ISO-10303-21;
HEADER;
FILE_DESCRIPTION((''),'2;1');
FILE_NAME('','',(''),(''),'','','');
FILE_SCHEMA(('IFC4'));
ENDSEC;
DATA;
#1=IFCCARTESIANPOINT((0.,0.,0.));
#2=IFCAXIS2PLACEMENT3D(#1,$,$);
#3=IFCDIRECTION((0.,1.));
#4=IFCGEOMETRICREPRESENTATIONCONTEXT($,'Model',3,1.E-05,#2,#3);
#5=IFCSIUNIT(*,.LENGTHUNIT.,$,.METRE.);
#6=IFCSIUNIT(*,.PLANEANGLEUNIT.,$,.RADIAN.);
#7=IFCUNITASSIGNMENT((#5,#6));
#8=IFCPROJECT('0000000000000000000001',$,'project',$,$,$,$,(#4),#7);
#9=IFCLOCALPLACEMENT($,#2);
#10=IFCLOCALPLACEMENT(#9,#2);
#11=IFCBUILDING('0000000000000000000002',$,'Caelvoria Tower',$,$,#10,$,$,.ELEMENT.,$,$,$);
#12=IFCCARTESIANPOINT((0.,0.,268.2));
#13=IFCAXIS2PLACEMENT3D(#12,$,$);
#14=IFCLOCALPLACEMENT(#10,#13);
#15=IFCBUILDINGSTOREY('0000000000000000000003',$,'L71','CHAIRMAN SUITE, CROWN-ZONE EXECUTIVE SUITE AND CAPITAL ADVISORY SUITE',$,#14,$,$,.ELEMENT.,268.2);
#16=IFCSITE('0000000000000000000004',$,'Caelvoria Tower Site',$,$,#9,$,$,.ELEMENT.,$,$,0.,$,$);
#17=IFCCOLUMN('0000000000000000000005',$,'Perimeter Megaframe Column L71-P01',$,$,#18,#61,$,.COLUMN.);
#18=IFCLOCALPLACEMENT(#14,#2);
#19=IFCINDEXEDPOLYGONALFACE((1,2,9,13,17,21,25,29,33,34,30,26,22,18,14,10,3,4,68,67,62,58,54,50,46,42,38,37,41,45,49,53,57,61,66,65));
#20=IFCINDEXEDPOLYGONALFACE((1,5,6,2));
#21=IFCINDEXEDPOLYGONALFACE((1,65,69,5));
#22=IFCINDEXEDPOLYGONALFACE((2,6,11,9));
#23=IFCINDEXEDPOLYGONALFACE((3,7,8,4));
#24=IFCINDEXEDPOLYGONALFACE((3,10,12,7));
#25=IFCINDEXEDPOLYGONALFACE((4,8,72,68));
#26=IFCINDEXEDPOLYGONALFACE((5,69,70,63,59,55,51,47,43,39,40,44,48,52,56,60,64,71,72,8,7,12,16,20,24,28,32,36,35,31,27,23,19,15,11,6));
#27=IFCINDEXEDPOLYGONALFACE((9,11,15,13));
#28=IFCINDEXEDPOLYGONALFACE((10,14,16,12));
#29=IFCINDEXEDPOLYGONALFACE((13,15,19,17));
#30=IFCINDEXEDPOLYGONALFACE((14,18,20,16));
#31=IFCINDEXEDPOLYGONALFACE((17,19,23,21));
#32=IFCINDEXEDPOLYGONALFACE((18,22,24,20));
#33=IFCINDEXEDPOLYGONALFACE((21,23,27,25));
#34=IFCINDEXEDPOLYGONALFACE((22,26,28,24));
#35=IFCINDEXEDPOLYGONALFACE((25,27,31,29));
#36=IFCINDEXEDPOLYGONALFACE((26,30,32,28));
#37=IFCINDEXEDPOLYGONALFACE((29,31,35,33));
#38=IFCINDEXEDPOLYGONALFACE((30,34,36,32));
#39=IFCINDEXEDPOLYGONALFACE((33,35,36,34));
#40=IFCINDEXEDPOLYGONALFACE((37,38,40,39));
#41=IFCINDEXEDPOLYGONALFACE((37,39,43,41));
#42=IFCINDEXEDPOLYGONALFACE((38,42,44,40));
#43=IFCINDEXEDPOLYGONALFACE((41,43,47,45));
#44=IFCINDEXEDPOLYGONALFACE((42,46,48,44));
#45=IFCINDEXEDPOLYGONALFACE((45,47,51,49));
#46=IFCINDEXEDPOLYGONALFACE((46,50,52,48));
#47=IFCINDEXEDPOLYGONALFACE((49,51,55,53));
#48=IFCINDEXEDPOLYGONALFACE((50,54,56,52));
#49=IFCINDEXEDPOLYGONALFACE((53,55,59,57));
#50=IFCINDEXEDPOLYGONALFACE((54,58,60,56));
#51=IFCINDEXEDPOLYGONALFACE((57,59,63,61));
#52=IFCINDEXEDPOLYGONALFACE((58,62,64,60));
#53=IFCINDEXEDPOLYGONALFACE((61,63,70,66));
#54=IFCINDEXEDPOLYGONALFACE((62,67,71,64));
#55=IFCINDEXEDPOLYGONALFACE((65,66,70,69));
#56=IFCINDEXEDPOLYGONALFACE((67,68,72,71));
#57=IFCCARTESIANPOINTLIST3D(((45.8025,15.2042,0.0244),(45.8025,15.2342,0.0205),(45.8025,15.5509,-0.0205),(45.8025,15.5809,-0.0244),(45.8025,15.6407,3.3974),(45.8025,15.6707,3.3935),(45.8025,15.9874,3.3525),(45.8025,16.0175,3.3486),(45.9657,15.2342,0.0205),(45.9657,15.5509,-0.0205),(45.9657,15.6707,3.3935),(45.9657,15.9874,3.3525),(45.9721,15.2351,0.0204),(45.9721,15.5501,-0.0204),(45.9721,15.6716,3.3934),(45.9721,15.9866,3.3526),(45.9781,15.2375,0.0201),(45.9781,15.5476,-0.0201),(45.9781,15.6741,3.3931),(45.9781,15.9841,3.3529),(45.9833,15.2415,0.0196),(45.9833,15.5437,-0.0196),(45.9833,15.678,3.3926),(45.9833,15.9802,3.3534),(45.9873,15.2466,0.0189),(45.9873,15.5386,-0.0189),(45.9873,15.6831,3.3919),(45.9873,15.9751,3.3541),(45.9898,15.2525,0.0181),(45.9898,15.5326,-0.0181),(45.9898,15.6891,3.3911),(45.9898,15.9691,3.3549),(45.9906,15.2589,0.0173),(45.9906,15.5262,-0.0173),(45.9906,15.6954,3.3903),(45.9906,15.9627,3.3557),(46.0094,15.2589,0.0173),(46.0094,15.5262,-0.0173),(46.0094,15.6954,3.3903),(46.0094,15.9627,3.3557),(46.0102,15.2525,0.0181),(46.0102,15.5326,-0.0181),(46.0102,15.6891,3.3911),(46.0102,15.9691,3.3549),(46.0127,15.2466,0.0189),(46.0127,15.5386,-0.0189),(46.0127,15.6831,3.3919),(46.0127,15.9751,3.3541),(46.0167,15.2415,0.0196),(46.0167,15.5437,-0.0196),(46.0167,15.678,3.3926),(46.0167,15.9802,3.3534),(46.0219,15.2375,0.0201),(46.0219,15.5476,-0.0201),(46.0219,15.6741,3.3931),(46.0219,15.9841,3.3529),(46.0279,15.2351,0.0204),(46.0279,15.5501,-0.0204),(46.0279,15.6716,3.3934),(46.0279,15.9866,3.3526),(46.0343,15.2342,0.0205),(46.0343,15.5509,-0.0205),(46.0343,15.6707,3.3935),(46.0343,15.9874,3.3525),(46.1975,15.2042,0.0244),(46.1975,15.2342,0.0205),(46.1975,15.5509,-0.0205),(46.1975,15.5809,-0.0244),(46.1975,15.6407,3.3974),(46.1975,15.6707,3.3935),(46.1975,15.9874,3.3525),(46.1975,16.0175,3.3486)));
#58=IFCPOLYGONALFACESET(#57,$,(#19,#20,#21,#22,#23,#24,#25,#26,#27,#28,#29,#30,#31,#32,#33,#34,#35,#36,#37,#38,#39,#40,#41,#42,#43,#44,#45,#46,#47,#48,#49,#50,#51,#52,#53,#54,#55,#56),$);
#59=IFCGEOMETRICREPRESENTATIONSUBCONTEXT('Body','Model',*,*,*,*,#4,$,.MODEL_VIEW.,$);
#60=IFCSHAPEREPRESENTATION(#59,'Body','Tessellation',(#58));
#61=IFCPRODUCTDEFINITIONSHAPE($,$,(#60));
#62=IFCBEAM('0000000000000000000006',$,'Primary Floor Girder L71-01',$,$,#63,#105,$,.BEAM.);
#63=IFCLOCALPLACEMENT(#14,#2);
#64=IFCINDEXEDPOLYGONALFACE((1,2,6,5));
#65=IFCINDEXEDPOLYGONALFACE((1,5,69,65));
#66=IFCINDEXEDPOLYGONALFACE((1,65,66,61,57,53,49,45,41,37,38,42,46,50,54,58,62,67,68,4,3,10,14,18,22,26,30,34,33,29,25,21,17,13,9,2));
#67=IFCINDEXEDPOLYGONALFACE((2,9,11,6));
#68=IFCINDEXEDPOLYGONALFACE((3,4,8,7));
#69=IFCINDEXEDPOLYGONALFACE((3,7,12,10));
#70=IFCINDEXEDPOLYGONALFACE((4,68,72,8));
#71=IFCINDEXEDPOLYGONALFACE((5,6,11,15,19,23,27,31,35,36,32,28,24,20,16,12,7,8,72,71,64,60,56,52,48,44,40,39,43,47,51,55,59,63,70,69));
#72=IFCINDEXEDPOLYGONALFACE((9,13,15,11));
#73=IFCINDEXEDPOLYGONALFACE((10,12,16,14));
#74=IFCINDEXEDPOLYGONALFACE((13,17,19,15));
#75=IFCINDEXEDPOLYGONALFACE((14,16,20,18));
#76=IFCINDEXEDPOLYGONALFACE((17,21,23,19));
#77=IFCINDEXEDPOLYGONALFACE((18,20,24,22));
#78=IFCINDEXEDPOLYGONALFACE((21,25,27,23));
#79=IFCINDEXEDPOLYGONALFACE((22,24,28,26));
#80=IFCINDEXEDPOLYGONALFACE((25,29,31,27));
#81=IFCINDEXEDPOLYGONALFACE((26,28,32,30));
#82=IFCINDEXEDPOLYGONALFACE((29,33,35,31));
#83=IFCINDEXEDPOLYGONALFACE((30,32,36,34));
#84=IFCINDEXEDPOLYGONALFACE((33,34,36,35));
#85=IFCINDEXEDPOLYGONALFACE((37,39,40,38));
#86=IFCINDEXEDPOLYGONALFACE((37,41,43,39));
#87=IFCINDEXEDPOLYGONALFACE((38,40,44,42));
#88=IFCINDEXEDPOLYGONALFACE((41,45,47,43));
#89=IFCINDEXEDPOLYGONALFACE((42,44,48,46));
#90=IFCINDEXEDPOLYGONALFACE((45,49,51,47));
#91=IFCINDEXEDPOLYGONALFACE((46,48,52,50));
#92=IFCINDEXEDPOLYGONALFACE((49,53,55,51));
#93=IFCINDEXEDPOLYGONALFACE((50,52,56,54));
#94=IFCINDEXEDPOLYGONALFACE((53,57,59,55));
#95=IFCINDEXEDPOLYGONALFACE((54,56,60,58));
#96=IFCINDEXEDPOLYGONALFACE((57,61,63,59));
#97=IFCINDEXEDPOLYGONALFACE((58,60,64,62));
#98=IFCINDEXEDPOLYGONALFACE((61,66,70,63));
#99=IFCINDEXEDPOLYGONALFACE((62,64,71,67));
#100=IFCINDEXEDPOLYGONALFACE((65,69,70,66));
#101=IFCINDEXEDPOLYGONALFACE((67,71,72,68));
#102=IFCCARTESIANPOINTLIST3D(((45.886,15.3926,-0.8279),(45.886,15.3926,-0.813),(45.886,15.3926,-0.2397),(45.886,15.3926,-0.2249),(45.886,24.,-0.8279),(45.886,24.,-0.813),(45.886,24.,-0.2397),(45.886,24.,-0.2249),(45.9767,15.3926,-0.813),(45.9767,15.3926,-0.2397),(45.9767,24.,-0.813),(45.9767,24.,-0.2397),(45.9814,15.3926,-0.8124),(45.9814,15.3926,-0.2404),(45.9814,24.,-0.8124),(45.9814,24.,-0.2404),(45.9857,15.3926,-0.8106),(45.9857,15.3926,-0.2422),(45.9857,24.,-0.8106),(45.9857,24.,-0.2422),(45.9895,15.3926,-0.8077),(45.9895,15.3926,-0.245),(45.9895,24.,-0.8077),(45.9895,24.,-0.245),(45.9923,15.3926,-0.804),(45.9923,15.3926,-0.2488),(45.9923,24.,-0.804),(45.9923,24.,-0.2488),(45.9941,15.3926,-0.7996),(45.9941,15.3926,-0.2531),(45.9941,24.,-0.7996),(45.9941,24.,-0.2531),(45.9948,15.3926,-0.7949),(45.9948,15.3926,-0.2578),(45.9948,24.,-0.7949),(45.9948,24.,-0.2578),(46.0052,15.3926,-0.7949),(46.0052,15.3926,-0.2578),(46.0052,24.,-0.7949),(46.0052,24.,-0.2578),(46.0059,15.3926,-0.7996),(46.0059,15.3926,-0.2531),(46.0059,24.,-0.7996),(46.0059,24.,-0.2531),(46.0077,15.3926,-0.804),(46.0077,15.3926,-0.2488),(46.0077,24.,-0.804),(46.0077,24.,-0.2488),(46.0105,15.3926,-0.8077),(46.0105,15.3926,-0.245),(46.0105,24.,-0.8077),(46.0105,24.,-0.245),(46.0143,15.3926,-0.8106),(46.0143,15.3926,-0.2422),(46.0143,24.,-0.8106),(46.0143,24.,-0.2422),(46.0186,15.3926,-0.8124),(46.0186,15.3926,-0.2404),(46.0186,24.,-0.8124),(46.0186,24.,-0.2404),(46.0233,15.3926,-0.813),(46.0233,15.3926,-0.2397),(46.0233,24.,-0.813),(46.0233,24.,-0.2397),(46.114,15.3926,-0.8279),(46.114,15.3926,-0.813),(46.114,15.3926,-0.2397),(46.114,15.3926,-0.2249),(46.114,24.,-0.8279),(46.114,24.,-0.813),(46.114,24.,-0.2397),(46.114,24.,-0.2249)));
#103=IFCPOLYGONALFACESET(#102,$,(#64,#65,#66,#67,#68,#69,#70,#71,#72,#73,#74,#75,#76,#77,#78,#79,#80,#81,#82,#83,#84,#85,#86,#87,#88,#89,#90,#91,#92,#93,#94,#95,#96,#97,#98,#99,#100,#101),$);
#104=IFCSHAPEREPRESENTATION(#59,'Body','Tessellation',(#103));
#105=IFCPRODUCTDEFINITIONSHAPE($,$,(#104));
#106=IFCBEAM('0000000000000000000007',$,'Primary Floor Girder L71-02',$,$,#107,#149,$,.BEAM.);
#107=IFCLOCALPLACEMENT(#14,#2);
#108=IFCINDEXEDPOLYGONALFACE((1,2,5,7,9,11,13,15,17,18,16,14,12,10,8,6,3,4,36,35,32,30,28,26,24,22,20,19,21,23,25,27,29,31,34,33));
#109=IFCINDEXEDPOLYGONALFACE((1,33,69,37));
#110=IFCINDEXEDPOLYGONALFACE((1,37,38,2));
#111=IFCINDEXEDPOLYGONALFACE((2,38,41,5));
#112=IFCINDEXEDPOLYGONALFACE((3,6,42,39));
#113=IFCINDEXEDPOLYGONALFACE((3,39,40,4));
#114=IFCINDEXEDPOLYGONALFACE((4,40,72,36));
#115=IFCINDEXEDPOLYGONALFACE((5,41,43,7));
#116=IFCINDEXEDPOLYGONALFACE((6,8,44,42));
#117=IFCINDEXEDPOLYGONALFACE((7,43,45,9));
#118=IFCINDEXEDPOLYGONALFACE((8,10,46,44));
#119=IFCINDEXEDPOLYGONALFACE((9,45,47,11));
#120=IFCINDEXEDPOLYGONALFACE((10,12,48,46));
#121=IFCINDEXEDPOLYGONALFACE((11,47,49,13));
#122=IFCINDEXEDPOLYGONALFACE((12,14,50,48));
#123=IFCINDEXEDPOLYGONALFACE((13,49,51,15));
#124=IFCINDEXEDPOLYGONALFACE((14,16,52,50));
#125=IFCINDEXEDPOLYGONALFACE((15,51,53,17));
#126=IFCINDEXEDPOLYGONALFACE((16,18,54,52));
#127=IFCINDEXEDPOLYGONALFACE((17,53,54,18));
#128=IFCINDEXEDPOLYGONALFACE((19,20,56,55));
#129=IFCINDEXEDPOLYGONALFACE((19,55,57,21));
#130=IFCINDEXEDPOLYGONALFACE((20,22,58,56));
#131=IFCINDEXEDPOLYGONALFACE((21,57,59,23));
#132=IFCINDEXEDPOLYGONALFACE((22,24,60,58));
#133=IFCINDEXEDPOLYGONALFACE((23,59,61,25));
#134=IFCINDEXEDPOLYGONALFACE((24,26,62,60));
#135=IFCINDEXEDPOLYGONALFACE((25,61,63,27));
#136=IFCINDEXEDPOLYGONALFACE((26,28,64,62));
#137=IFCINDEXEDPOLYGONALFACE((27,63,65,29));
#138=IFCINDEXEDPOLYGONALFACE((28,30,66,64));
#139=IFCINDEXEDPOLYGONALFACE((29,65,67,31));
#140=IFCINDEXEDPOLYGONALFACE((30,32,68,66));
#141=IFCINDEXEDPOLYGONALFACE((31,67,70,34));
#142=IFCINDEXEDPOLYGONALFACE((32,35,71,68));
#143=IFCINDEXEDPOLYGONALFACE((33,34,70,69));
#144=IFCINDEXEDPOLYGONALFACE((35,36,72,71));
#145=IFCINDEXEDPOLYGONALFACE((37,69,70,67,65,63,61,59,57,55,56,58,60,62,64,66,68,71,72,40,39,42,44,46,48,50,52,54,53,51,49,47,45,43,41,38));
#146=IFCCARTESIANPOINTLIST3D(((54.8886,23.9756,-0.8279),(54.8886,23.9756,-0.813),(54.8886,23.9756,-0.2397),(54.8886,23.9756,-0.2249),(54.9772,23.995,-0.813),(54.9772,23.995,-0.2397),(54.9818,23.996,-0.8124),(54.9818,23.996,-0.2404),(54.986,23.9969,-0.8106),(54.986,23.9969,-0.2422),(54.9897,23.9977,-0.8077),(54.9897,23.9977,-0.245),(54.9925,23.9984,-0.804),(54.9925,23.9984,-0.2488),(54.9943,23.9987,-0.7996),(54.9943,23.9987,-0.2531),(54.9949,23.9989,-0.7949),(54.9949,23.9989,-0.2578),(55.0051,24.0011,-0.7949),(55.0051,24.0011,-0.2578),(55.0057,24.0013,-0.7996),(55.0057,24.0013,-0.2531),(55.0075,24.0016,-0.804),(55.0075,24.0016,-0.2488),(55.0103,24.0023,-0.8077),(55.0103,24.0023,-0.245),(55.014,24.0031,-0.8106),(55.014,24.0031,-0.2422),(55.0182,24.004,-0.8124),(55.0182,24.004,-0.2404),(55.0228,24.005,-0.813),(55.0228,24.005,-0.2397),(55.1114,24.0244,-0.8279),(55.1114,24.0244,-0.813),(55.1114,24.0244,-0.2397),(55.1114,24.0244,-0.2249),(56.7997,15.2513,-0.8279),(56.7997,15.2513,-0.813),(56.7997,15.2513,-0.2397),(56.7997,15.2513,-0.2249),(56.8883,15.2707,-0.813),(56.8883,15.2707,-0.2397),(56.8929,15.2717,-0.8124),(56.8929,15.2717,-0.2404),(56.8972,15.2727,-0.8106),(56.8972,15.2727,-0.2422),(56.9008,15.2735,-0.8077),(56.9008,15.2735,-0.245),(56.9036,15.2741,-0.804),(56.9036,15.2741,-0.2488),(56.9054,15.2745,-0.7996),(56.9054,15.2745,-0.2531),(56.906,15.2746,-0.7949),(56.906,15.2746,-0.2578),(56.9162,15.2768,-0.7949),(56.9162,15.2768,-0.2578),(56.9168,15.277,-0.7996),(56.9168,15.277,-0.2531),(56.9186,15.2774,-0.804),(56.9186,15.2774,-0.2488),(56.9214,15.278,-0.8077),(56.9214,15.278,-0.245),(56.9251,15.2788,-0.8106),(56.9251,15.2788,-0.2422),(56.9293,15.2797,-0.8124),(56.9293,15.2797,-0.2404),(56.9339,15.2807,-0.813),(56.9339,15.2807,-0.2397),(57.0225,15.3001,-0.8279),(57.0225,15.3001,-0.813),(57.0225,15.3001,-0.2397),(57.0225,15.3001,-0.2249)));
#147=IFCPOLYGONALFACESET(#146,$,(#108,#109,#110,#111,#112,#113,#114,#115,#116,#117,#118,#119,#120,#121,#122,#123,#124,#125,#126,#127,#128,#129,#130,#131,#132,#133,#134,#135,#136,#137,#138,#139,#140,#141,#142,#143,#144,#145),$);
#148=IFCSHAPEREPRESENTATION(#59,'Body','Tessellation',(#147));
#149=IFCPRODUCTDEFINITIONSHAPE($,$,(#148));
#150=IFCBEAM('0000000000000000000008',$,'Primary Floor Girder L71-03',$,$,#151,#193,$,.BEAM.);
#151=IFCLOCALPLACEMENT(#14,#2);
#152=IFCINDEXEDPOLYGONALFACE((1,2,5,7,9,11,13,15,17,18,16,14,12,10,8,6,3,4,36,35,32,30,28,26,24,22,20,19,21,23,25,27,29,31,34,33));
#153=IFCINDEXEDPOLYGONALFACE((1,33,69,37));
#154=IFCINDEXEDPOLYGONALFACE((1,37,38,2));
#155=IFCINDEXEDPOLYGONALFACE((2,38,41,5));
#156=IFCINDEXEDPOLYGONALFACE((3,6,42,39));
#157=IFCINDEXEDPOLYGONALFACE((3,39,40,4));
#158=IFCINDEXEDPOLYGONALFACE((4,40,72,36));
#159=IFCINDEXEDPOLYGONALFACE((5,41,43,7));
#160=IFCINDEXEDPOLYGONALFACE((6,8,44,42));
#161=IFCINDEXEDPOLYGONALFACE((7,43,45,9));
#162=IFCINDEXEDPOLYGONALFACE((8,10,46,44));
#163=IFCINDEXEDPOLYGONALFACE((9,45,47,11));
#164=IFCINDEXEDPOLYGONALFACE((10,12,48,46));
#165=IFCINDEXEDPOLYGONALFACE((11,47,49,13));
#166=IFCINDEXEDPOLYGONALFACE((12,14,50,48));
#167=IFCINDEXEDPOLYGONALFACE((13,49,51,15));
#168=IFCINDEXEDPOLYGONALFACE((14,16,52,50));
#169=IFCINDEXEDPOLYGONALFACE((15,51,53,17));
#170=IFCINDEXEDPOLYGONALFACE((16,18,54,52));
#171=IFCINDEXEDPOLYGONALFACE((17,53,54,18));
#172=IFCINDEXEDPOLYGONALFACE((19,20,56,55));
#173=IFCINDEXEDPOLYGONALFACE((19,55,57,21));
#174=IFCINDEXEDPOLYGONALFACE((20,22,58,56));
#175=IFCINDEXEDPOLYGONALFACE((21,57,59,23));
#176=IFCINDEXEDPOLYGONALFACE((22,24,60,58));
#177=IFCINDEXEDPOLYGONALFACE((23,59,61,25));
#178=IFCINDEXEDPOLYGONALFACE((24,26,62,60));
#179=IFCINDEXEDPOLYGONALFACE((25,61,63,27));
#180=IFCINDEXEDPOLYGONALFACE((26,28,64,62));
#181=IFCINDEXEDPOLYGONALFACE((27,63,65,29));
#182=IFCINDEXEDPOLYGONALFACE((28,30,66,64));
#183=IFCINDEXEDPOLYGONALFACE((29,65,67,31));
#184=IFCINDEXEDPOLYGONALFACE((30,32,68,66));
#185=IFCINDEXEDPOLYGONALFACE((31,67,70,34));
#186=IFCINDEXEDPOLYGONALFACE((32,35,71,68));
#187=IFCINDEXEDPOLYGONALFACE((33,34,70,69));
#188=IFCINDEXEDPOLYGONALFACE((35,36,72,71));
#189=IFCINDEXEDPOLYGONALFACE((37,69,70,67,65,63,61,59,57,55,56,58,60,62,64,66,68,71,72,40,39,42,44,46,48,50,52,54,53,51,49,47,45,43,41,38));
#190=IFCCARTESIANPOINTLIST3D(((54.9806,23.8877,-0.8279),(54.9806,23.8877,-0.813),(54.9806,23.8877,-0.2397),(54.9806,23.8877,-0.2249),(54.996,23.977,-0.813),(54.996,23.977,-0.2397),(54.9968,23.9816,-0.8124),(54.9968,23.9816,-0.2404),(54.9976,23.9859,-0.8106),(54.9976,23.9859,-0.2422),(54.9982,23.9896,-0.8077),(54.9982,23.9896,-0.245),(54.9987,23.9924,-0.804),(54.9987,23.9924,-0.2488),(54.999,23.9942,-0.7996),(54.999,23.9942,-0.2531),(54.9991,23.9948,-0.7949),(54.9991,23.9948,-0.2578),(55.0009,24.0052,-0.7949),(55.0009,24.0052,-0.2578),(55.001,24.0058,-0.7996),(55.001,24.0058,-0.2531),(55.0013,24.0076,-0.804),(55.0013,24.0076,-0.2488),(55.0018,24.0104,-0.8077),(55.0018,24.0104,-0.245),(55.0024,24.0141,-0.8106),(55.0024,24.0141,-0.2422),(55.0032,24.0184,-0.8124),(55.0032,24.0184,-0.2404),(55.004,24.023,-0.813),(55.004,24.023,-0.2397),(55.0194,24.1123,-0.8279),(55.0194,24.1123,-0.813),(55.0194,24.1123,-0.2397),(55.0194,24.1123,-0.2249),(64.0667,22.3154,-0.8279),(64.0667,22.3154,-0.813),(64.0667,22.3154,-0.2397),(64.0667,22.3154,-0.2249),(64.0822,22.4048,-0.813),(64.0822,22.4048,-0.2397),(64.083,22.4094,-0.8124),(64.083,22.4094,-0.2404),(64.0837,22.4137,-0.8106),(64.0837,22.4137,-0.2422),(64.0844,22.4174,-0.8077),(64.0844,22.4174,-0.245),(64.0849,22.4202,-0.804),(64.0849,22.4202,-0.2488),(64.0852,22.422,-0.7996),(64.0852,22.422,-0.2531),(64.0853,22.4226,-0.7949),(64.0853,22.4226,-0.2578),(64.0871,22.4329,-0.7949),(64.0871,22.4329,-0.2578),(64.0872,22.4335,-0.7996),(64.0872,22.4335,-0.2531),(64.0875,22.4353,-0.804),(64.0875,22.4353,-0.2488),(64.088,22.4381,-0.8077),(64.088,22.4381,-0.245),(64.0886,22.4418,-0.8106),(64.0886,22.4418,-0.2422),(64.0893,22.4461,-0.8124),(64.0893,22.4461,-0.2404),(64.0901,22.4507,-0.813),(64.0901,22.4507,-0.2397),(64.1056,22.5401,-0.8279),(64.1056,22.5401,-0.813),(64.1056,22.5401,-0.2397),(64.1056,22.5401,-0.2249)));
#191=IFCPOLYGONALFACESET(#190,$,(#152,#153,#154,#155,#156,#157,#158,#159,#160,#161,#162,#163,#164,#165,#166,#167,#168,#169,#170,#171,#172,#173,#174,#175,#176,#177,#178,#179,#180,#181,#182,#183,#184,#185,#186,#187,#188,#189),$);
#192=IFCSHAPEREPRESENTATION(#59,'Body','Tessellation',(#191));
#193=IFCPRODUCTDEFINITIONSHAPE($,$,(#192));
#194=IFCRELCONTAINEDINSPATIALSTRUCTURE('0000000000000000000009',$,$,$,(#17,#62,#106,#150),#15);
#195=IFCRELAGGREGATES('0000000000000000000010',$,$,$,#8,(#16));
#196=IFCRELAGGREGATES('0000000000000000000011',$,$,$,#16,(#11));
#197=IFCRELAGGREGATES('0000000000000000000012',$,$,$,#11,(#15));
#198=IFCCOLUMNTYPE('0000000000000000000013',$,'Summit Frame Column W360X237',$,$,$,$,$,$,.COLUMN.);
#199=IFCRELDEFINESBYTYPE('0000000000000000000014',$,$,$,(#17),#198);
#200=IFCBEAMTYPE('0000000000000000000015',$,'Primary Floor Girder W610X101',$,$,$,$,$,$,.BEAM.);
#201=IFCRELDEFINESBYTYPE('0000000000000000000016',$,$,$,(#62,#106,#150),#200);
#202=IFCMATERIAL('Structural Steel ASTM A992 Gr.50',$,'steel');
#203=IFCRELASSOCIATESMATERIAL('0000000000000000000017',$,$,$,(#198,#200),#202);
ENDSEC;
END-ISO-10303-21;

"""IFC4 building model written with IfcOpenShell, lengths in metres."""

from ifc_helpers import new_model, si_unit, direction, frame, origin, origin_2d, place, context, subcontext, project, spatial, i_section, extrude, material, material_profile, profile_set, type_object, element, save


model = new_model("IFC4")

# Units and contexts
model_context = context("Model", 3, precision=1e-05, world=origin(), true_north=direction((0.0, 1.0)))
body_context = subcontext(model_context, "Body", "Model", "MODEL_VIEW")
ifc_project = project(units=[si_unit("LENGTHUNIT", "METRE"), si_unit("PLANEANGLEUNIT", "RADIAN")], contexts=[model_context])

# Site, building, storey
site_placement = place(None, origin())
site = spatial("IfcSite", under=ifc_project, at=site_placement, Name="Caelvoria Tower Site", CompositionType="ELEMENT", RefElevation=0.0)
building_placement = place(site_placement, origin())
building = spatial("IfcBuilding", under=site, at=building_placement, Name="Caelvoria Tower", CompositionType="ELEMENT")
storey_placement = place(building_placement, frame((0.0, 0.0, 268.2)))
storey = spatial("IfcBuildingStorey", under=building, at=storey_placement, Name="L71", Description="CHAIRMAN SUITE, CROWN-ZONE EXECUTIVE SUITE AND CAPITAL ADVISORY SUITE", CompositionType="ELEMENT", Elevation=268.2)

# Column
ifc_material_1 = material(Name="Structural Steel ASTM A992 Gr.50", Category="steel")
ifc_material_profile_1 = material_profile(ifc_material_1, i_section(OverallWidth=0.395, OverallDepth=0.3799, WebThickness=0.0188, FlangeThickness=0.0303, FilletRadius=0.0249, at=origin_2d()), Name="Structural Steel ASTM A992 Gr.50")
ifc_profile_set_1 = profile_set([ifc_material_profile_1], Name="W360X237 - Structural Steel ASTM A992 Gr.50")
column_type = type_object("IfcColumnType", Name="Summit Frame Column W360X237", PredefinedType="COLUMN", material=ifc_profile_set_1)
column_placement = place(storey_placement, frame((46.0, 15.3926, 0.0), z_axis=(0.0, 0.128345, 0.99173), x_axis=(-1.0, 0.0, 0.0)))
element("IfcColumn", 1, at=column_placement, inside=storey, type_object=column_type, Name="Perimeter Megaframe Column L71-P01", PredefinedType="COLUMN", context=body_context, shape_type="SweptSolid", body=[
    extrude(i_section(OverallWidth=0.395, OverallDepth=0.3799, WebThickness=0.0188, FlangeThickness=0.0303, FilletRadius=0.0249, at=origin_2d()), origin(), (0.0, 0.0, 1.0), 3.4011),
])

# Beams
ifc_material_profile_2 = material_profile(ifc_material_1, i_section(OverallWidth=0.228, OverallDepth=0.603, WebThickness=0.0105, FlangeThickness=0.0149, FilletRadius=0.0181, at=origin_2d()), Name="Structural Steel ASTM A992 Gr.50")
ifc_profile_set_2 = profile_set([ifc_material_profile_2], Name="W610X101 - Structural Steel ASTM A992 Gr.50")
beam_type_1 = type_object("IfcBeamType", Name="Primary Floor Girder W610X101", PredefinedType="BEAM", material=ifc_profile_set_2)
beam_1_placement = place(storey_placement, frame((46.0, 24.0, -0.5264), z_axis=(0.0, -1.0, 0.0), x_axis=(1.0, 0.0, 0.0)))
element("IfcBeam", 2, at=beam_1_placement, inside=storey, type_object=beam_type_1, Name="Primary Floor Girder L71-01", PredefinedType="BEAM", context=body_context, shape_type="SweptSolid", body=[
    extrude(i_section(OverallWidth=0.228, OverallDepth=0.603, WebThickness=0.0105, FlangeThickness=0.0149, FilletRadius=0.0181, at=origin_2d()), origin(), (0.0, 0.0, 1.0), 8.6074),
])
beam_2_placement = place(storey_placement, frame((55.0, 24.0, -0.5264), z_axis=(0.213983, -0.976837, 0.0), x_axis=(0.976837, 0.213983, 0.0)))
element("IfcBeam", 3, at=beam_2_placement, inside=storey, type_object=beam_type_1, Name="Primary Floor Girder L71-02", PredefinedType="BEAM", context=body_context, shape_type="SweptSolid", body=[
    extrude(i_section(OverallWidth=0.228, OverallDepth=0.603, WebThickness=0.0105, FlangeThickness=0.0149, FilletRadius=0.0181, at=origin_2d()), origin(), (0.0, 0.0, 1.0), 8.9312),
])
beam_3_placement = place(storey_placement, frame((55.0, 24.0, -0.5264), z_axis=(0.985357, -0.170505, 0.0), x_axis=(0.170505, 0.985357, 0.0)))
element("IfcBeam", 4, at=beam_3_placement, inside=storey, type_object=beam_type_1, Name="Primary Floor Girder L71-03", PredefinedType="BEAM", context=body_context, shape_type="SweptSolid", body=[
    extrude(i_section(OverallWidth=0.228, OverallDepth=0.603, WebThickness=0.0105, FlangeThickness=0.0149, FilletRadius=0.0181, at=origin_2d()), origin(), (0.0, 0.0, 1.0), 9.2212),
])

save(model, "model.ifc")
